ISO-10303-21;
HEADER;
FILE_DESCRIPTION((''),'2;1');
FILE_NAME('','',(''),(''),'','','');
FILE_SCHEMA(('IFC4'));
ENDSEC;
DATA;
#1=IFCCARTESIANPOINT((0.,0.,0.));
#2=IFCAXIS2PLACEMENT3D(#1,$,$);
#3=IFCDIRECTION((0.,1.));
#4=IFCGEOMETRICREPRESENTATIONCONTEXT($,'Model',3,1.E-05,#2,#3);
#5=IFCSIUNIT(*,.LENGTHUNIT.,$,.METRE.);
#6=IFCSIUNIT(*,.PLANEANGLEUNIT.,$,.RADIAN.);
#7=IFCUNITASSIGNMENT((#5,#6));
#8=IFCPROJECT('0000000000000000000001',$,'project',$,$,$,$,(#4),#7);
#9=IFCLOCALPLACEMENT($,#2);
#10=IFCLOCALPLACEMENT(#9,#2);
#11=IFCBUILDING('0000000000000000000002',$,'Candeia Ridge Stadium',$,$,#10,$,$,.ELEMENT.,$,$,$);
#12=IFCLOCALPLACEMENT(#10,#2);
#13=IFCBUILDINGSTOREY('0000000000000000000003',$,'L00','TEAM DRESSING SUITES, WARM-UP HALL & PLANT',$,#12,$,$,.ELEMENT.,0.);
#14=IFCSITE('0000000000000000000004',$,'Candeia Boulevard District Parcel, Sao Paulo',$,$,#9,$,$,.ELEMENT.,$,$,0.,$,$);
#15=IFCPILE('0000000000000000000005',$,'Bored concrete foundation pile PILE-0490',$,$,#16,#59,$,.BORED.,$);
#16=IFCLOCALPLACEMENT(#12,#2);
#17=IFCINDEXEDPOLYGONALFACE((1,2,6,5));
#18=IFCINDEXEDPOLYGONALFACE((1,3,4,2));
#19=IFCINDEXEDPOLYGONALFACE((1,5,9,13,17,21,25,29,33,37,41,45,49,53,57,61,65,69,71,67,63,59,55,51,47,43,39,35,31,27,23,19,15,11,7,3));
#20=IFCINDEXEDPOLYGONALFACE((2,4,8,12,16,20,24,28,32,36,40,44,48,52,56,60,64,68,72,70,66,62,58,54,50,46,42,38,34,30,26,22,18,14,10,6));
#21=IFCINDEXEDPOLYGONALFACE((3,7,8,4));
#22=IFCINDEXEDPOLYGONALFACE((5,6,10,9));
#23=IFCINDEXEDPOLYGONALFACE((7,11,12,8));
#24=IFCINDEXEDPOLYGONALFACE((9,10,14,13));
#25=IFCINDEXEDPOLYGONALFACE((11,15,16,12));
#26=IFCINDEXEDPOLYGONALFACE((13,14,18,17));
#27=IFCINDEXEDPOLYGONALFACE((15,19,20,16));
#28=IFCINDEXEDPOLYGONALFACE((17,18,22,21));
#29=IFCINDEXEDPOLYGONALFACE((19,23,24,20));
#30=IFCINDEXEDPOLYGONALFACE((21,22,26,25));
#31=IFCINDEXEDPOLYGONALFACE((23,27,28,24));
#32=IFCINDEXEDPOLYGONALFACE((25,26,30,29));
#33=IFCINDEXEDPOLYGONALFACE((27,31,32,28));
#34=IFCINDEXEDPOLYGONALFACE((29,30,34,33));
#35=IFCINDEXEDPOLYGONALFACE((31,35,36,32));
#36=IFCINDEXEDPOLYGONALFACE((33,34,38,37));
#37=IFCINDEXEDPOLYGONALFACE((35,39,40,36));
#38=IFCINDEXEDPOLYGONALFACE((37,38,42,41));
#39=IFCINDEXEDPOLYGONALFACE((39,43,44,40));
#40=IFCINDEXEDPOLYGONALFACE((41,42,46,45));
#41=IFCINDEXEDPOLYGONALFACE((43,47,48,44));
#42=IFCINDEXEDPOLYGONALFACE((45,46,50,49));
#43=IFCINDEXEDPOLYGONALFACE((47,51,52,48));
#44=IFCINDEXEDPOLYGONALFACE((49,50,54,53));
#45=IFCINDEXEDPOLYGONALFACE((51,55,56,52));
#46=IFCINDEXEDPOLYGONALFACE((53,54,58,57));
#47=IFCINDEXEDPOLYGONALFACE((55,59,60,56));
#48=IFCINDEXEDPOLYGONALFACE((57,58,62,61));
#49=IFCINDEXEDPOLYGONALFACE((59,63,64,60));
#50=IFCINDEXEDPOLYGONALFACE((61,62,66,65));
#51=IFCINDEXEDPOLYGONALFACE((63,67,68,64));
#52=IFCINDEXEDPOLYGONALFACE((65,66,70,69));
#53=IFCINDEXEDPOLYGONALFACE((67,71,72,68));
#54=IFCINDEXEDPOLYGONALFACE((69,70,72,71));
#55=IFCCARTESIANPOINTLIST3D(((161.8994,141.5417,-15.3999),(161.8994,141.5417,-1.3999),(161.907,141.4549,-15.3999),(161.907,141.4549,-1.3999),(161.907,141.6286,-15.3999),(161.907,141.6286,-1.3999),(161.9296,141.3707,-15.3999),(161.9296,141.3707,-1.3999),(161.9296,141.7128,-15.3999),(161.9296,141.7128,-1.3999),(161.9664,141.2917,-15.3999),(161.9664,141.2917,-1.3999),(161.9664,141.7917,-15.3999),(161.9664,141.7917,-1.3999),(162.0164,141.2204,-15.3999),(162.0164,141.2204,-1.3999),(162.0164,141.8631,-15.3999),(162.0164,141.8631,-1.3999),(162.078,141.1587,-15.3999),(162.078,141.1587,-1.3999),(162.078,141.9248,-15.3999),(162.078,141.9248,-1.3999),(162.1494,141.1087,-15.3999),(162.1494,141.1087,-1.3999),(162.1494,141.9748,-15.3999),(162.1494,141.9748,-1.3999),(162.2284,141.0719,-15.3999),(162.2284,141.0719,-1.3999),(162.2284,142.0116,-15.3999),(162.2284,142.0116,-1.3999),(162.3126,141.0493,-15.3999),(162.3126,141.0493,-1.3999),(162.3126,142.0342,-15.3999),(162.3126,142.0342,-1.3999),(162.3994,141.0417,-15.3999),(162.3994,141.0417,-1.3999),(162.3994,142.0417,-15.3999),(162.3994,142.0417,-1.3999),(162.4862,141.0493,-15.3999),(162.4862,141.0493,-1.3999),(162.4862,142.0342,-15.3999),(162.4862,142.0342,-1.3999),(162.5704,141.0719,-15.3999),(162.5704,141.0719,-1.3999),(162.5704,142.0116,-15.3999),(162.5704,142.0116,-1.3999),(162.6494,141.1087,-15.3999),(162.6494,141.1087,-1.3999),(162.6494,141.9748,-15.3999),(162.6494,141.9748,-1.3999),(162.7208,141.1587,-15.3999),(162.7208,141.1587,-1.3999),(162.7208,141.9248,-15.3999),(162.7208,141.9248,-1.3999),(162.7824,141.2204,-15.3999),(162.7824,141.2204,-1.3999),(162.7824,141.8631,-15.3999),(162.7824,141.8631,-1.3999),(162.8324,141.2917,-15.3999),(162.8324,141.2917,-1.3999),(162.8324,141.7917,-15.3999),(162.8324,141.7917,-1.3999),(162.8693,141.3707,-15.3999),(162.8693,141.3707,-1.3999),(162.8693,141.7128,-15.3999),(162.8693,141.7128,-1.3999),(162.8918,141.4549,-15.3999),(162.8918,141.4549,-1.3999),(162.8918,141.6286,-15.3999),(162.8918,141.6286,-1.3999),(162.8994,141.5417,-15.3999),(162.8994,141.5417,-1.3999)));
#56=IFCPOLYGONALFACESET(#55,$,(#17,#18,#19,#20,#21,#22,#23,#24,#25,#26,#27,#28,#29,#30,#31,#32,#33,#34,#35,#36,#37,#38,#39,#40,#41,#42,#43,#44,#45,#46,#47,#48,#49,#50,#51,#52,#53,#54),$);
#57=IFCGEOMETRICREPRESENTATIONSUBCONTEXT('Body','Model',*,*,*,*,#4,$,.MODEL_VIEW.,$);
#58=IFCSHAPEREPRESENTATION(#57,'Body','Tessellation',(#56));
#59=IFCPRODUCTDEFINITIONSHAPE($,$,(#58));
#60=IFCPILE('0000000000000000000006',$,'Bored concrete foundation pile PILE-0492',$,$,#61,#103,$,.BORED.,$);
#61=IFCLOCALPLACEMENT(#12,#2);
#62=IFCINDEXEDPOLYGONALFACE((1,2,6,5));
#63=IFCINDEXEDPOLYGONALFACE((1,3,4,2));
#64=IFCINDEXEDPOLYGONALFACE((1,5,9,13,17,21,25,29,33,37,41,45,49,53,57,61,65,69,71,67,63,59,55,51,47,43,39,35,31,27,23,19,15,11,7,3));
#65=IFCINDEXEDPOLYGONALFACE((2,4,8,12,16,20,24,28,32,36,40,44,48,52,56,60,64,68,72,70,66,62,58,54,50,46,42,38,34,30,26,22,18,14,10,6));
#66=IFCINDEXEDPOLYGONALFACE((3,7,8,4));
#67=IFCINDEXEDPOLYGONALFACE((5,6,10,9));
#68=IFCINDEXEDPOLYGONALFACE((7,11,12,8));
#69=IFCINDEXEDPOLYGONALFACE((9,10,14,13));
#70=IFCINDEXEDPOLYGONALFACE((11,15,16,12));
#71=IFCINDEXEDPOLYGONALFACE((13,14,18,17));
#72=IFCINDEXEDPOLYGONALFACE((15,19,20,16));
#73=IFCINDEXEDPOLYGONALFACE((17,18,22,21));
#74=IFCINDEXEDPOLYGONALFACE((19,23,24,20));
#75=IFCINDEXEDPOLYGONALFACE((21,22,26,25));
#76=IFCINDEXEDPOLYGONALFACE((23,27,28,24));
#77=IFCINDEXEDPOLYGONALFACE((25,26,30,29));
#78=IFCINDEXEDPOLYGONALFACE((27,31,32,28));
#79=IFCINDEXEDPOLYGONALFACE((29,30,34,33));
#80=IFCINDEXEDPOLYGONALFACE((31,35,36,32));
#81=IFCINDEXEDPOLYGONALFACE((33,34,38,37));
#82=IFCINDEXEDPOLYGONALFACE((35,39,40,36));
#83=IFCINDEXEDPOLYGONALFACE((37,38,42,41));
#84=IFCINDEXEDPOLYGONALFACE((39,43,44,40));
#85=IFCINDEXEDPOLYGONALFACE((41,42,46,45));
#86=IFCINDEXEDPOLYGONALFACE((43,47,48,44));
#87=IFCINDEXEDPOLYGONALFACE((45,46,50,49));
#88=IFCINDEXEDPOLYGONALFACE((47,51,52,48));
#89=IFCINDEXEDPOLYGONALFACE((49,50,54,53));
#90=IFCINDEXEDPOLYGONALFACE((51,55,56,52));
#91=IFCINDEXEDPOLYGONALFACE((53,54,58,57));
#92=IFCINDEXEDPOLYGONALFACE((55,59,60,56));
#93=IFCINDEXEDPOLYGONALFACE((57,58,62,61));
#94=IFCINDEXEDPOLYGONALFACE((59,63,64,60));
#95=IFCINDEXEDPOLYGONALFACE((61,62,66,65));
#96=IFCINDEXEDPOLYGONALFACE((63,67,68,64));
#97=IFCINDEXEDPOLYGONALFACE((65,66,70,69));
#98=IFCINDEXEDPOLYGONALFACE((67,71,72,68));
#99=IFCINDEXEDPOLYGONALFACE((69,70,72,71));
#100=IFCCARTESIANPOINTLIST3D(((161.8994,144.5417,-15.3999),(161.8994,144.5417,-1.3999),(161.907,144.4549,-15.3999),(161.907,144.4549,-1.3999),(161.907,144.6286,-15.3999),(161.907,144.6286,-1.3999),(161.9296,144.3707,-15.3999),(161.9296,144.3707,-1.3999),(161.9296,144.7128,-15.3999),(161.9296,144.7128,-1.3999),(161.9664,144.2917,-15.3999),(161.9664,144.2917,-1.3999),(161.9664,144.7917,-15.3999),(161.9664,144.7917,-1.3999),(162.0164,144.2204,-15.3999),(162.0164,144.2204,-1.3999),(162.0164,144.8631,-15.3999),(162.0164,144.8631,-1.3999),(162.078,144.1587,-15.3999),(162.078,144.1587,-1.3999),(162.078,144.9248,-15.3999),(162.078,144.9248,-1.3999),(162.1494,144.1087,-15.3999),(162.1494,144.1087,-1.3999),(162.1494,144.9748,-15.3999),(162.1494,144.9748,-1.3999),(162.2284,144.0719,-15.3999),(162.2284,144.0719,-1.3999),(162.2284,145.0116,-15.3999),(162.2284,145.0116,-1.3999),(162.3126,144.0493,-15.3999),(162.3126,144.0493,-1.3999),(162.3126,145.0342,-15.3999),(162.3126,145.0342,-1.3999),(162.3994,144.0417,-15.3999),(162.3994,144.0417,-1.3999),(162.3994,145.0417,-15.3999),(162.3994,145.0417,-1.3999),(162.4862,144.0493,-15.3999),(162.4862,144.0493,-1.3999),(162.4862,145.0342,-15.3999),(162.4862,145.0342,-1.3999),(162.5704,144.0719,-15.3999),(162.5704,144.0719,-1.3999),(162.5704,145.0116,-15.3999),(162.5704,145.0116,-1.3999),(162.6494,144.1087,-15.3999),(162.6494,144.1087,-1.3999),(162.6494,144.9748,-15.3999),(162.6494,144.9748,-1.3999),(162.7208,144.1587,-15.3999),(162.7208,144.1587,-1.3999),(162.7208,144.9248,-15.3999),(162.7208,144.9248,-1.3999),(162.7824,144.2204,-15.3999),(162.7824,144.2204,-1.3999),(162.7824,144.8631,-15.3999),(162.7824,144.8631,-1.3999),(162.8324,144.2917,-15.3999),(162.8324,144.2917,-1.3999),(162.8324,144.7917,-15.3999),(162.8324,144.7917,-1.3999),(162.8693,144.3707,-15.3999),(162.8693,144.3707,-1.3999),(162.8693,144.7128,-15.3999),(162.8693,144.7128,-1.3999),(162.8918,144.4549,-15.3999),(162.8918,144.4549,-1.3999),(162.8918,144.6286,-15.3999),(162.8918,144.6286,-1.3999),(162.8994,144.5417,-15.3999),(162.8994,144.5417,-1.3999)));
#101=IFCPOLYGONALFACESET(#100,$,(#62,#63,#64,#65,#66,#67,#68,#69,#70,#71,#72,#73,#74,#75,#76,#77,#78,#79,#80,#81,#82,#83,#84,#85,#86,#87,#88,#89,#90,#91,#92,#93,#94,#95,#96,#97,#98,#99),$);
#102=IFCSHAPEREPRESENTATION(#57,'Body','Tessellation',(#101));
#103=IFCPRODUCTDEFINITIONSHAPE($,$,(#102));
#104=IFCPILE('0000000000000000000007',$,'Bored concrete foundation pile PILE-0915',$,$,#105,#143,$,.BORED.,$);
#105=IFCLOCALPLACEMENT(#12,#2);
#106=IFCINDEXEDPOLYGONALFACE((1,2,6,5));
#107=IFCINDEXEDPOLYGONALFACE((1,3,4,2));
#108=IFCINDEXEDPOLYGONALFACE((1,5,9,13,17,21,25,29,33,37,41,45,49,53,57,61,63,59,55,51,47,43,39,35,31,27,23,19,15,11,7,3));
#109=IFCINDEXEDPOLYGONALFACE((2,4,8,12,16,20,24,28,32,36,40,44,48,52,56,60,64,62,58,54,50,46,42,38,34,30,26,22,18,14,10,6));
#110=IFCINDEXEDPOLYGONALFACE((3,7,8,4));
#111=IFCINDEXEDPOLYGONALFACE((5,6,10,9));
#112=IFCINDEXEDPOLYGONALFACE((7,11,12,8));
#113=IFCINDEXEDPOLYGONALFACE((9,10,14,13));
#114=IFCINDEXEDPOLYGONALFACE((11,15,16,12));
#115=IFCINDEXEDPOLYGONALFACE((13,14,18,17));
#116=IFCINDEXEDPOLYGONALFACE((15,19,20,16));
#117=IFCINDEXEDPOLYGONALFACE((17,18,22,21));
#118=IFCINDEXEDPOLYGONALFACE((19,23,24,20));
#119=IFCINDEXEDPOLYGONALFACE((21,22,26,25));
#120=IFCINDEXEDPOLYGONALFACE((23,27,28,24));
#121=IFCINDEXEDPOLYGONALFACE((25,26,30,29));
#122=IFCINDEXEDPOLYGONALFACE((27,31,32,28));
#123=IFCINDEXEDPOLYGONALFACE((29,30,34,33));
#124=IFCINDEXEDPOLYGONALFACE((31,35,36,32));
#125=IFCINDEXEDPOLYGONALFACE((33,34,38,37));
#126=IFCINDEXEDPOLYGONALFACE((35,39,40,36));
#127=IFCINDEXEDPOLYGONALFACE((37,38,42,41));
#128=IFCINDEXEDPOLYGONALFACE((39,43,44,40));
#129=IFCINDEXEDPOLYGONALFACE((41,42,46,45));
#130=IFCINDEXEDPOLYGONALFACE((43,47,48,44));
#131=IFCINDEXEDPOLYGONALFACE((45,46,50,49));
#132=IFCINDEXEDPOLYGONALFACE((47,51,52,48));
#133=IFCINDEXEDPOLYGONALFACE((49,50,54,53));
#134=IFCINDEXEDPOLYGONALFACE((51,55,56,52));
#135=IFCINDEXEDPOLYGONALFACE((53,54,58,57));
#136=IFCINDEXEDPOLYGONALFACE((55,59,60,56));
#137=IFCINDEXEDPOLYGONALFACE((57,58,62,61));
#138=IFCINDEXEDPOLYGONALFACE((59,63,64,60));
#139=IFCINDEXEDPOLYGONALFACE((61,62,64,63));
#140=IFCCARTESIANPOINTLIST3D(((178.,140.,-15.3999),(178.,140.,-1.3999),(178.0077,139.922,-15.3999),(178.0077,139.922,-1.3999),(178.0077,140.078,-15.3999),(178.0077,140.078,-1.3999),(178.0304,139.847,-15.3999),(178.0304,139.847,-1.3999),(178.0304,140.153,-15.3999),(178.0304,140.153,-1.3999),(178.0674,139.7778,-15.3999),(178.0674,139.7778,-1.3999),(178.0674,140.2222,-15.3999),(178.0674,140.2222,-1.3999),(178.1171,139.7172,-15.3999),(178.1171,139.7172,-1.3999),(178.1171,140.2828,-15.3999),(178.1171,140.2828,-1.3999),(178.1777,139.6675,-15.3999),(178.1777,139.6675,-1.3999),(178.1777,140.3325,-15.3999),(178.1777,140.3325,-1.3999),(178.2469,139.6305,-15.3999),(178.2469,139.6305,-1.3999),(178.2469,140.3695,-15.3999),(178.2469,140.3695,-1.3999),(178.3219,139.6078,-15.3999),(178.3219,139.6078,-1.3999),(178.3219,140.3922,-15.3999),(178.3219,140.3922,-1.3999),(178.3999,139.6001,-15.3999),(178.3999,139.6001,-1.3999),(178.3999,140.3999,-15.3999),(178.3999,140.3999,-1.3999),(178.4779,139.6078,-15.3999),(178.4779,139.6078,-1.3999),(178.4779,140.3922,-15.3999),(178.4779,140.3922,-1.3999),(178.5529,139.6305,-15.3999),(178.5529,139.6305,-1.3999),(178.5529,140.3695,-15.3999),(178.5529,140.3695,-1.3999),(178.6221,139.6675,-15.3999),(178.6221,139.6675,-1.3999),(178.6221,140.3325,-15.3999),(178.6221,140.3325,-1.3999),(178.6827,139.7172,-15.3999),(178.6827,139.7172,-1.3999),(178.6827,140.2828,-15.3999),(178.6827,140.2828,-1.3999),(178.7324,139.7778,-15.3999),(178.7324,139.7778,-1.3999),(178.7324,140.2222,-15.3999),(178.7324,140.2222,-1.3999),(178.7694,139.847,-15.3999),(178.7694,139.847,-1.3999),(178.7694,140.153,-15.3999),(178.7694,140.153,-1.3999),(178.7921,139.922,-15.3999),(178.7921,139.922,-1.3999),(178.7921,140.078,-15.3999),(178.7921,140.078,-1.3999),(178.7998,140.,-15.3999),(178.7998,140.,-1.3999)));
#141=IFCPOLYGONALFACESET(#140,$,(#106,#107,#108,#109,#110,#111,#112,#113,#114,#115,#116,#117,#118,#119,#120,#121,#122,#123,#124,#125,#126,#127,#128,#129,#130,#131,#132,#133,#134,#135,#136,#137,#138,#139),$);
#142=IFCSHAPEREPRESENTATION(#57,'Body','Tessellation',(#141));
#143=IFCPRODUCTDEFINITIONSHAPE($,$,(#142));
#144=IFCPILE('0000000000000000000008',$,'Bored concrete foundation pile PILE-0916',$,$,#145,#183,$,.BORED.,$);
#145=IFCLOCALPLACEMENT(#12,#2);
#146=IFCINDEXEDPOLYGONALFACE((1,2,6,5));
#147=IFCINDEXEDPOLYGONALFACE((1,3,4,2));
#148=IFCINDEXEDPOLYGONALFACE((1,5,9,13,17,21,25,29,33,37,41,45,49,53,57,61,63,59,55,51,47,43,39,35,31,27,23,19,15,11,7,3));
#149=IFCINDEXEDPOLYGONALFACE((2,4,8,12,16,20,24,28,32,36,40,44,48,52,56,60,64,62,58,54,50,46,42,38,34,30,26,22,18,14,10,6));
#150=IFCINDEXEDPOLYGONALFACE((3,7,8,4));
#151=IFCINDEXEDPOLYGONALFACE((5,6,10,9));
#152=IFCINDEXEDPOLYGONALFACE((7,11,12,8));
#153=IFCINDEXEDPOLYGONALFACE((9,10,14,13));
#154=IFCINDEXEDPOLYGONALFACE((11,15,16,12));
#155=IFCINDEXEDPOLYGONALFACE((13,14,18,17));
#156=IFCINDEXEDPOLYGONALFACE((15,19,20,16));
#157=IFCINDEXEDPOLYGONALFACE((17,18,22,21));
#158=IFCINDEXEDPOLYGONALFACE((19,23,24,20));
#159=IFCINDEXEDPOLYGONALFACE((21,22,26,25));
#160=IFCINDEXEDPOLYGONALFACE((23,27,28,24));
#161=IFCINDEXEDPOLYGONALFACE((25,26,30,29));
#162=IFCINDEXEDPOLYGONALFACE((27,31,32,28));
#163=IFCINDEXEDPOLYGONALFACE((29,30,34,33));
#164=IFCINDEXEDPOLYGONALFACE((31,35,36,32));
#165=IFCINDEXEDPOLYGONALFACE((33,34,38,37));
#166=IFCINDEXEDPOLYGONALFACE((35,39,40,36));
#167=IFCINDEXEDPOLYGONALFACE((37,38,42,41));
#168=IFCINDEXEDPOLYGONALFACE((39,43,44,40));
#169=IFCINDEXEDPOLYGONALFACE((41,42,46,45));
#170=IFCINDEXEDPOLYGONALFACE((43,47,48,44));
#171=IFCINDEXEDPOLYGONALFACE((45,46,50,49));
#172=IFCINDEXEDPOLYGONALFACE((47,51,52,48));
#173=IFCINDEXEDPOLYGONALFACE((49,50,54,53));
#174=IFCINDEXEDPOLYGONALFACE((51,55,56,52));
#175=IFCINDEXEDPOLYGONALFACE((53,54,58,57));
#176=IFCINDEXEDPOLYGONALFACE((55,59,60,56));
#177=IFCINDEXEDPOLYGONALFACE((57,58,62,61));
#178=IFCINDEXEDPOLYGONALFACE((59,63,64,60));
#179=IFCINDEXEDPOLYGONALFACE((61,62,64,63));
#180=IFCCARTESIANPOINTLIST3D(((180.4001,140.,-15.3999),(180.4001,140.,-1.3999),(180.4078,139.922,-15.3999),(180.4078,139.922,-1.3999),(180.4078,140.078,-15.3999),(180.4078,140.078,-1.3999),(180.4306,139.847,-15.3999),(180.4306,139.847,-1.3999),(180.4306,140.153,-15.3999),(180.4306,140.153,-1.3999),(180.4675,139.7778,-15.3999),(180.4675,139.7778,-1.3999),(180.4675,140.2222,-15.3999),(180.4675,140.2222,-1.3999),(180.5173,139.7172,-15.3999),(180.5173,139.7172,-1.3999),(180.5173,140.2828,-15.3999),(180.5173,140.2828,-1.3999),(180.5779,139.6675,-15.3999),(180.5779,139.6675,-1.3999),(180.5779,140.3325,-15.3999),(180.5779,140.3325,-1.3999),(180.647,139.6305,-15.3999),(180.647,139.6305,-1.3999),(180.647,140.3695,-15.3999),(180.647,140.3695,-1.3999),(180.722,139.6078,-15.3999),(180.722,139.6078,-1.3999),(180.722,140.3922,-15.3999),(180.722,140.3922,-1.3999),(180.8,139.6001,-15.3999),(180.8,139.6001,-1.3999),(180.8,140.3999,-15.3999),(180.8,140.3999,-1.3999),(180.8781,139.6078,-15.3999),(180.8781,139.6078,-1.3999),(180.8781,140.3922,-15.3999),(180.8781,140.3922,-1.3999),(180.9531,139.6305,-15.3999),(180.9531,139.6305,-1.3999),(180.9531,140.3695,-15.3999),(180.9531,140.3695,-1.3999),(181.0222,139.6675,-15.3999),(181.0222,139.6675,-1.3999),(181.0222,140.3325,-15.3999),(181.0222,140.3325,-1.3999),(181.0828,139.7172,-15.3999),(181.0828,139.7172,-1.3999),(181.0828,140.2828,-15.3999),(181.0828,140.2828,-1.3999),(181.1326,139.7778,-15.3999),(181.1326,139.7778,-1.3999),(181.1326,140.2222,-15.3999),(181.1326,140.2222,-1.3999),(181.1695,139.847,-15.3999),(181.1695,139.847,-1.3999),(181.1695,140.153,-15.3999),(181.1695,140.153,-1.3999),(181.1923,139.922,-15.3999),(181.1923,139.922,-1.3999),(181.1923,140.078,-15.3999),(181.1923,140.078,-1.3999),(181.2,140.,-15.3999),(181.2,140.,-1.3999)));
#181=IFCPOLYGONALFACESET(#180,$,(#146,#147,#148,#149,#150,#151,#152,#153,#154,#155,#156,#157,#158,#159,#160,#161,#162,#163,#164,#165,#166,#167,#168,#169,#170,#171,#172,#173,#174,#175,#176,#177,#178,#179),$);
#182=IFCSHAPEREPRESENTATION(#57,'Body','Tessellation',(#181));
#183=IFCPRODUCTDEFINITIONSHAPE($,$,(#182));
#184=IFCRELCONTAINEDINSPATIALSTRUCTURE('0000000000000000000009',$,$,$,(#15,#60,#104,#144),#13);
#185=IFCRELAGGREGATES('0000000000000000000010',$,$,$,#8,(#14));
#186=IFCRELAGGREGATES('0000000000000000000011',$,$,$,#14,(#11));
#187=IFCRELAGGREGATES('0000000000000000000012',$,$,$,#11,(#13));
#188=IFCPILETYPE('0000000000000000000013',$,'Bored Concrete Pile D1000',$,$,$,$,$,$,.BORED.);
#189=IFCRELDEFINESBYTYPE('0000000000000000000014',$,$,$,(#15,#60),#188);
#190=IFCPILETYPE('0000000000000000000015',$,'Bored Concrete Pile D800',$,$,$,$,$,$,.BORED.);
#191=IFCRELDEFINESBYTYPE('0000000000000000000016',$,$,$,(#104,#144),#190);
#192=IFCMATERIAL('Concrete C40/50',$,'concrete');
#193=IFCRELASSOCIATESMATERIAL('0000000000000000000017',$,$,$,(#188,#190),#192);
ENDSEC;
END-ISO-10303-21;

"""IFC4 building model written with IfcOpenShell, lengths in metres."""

from ifc_helpers import new_model, si_unit, direction, frame, origin, origin_2d, place, context, subcontext, project, spatial, circle, extrude, material, material_profile, profile_set, type_object, element, save


model = new_model("IFC4")

# Units and contexts
model_context = context("Model", 3, precision=1e-05, world=origin(), true_north=direction((0.0, 1.0)))
body_context = subcontext(model_context, "Body", "Model", "MODEL_VIEW")
ifc_project = project(units=[si_unit("LENGTHUNIT", "METRE"), si_unit("PLANEANGLEUNIT", "RADIAN")], contexts=[model_context])

# Site, building, storey
site_placement = place(None, origin())
site = spatial("IfcSite", under=ifc_project, at=site_placement, Name="Candeia Boulevard District Parcel, Sao Paulo", CompositionType="ELEMENT", RefElevation=0.0)
building_placement = place(site_placement, origin())
building = spatial("IfcBuilding", under=site, at=building_placement, Name="Candeia Ridge Stadium", CompositionType="ELEMENT")
storey_placement = place(building_placement, origin())
storey = spatial("IfcBuildingStorey", under=building, at=storey_placement, Name="L00", Description="TEAM DRESSING SUITES, WARM-UP HALL & PLANT", CompositionType="ELEMENT", Elevation=0.0)

# Piles
ifc_material_1 = material(Name="Concrete C40/50", Category="concrete")
ifc_material_profile_1 = material_profile(ifc_material_1, circle(Radius=0.5, at=origin_2d()), Name="PILE-D1000", Category="concrete")
ifc_profile_set_1 = profile_set([ifc_material_profile_1], Name="Concrete C40/50")
pile_type_1 = type_object("IfcPileType", Name="Bored Concrete Pile D1000", PredefinedType="BORED", material=ifc_profile_set_1)
for number, where, z_axis, x_axis, name in (
    (1, (162.3994, 141.5417, -1.3999), (0.0, 0.0, -1.0), (1.0, 0.0, 0.0), "Bored concrete foundation pile PILE-0490"),
    (2, (162.3994, 144.5417, -1.3999), (0.0, 0.0, -1.0), (1.0, 0.0, 0.0), "Bored concrete foundation pile PILE-0492"),
):
    element("IfcPile", number, at=place(storey_placement, frame(where, z_axis=z_axis, x_axis=x_axis)), inside=storey, type_object=pile_type_1, Name=name, PredefinedType="BORED", context=body_context, shape_type="SweptSolid", body=[
        extrude(circle(Radius=0.5, at=origin_2d()), origin(), (0.0, 0.0, 1.0), 14.0),
    ])
ifc_material_profile_2 = material_profile(ifc_material_1, circle(Radius=0.3999, at=origin_2d()), Name="PILE-D800", Category="concrete")
ifc_profile_set_2 = profile_set([ifc_material_profile_2], Name="Concrete C40/50")
pile_type_2 = type_object("IfcPileType", Name="Bored Concrete Pile D800", PredefinedType="BORED", material=ifc_profile_set_2)
for number, where, z_axis, x_axis, name in (
    (3, (178.3999, 140.0, -1.3999), (0.0, 0.0, -1.0), (1.0, 0.0, 0.0), "Bored concrete foundation pile PILE-0915"),
    (4, (180.8, 140.0, -1.3999), (0.0, 0.0, -1.0), (1.0, 0.0, 0.0), "Bored concrete foundation pile PILE-0916"),
):
    element("IfcPile", number, at=place(storey_placement, frame(where, z_axis=z_axis, x_axis=x_axis)), inside=storey, type_object=pile_type_2, Name=name, PredefinedType="BORED", context=body_context, shape_type="SweptSolid", body=[
        extrude(circle(Radius=0.3999, at=origin_2d()), origin(), (0.0, 0.0, 1.0), 14.0),
    ])

save(model, "model.ifc")
